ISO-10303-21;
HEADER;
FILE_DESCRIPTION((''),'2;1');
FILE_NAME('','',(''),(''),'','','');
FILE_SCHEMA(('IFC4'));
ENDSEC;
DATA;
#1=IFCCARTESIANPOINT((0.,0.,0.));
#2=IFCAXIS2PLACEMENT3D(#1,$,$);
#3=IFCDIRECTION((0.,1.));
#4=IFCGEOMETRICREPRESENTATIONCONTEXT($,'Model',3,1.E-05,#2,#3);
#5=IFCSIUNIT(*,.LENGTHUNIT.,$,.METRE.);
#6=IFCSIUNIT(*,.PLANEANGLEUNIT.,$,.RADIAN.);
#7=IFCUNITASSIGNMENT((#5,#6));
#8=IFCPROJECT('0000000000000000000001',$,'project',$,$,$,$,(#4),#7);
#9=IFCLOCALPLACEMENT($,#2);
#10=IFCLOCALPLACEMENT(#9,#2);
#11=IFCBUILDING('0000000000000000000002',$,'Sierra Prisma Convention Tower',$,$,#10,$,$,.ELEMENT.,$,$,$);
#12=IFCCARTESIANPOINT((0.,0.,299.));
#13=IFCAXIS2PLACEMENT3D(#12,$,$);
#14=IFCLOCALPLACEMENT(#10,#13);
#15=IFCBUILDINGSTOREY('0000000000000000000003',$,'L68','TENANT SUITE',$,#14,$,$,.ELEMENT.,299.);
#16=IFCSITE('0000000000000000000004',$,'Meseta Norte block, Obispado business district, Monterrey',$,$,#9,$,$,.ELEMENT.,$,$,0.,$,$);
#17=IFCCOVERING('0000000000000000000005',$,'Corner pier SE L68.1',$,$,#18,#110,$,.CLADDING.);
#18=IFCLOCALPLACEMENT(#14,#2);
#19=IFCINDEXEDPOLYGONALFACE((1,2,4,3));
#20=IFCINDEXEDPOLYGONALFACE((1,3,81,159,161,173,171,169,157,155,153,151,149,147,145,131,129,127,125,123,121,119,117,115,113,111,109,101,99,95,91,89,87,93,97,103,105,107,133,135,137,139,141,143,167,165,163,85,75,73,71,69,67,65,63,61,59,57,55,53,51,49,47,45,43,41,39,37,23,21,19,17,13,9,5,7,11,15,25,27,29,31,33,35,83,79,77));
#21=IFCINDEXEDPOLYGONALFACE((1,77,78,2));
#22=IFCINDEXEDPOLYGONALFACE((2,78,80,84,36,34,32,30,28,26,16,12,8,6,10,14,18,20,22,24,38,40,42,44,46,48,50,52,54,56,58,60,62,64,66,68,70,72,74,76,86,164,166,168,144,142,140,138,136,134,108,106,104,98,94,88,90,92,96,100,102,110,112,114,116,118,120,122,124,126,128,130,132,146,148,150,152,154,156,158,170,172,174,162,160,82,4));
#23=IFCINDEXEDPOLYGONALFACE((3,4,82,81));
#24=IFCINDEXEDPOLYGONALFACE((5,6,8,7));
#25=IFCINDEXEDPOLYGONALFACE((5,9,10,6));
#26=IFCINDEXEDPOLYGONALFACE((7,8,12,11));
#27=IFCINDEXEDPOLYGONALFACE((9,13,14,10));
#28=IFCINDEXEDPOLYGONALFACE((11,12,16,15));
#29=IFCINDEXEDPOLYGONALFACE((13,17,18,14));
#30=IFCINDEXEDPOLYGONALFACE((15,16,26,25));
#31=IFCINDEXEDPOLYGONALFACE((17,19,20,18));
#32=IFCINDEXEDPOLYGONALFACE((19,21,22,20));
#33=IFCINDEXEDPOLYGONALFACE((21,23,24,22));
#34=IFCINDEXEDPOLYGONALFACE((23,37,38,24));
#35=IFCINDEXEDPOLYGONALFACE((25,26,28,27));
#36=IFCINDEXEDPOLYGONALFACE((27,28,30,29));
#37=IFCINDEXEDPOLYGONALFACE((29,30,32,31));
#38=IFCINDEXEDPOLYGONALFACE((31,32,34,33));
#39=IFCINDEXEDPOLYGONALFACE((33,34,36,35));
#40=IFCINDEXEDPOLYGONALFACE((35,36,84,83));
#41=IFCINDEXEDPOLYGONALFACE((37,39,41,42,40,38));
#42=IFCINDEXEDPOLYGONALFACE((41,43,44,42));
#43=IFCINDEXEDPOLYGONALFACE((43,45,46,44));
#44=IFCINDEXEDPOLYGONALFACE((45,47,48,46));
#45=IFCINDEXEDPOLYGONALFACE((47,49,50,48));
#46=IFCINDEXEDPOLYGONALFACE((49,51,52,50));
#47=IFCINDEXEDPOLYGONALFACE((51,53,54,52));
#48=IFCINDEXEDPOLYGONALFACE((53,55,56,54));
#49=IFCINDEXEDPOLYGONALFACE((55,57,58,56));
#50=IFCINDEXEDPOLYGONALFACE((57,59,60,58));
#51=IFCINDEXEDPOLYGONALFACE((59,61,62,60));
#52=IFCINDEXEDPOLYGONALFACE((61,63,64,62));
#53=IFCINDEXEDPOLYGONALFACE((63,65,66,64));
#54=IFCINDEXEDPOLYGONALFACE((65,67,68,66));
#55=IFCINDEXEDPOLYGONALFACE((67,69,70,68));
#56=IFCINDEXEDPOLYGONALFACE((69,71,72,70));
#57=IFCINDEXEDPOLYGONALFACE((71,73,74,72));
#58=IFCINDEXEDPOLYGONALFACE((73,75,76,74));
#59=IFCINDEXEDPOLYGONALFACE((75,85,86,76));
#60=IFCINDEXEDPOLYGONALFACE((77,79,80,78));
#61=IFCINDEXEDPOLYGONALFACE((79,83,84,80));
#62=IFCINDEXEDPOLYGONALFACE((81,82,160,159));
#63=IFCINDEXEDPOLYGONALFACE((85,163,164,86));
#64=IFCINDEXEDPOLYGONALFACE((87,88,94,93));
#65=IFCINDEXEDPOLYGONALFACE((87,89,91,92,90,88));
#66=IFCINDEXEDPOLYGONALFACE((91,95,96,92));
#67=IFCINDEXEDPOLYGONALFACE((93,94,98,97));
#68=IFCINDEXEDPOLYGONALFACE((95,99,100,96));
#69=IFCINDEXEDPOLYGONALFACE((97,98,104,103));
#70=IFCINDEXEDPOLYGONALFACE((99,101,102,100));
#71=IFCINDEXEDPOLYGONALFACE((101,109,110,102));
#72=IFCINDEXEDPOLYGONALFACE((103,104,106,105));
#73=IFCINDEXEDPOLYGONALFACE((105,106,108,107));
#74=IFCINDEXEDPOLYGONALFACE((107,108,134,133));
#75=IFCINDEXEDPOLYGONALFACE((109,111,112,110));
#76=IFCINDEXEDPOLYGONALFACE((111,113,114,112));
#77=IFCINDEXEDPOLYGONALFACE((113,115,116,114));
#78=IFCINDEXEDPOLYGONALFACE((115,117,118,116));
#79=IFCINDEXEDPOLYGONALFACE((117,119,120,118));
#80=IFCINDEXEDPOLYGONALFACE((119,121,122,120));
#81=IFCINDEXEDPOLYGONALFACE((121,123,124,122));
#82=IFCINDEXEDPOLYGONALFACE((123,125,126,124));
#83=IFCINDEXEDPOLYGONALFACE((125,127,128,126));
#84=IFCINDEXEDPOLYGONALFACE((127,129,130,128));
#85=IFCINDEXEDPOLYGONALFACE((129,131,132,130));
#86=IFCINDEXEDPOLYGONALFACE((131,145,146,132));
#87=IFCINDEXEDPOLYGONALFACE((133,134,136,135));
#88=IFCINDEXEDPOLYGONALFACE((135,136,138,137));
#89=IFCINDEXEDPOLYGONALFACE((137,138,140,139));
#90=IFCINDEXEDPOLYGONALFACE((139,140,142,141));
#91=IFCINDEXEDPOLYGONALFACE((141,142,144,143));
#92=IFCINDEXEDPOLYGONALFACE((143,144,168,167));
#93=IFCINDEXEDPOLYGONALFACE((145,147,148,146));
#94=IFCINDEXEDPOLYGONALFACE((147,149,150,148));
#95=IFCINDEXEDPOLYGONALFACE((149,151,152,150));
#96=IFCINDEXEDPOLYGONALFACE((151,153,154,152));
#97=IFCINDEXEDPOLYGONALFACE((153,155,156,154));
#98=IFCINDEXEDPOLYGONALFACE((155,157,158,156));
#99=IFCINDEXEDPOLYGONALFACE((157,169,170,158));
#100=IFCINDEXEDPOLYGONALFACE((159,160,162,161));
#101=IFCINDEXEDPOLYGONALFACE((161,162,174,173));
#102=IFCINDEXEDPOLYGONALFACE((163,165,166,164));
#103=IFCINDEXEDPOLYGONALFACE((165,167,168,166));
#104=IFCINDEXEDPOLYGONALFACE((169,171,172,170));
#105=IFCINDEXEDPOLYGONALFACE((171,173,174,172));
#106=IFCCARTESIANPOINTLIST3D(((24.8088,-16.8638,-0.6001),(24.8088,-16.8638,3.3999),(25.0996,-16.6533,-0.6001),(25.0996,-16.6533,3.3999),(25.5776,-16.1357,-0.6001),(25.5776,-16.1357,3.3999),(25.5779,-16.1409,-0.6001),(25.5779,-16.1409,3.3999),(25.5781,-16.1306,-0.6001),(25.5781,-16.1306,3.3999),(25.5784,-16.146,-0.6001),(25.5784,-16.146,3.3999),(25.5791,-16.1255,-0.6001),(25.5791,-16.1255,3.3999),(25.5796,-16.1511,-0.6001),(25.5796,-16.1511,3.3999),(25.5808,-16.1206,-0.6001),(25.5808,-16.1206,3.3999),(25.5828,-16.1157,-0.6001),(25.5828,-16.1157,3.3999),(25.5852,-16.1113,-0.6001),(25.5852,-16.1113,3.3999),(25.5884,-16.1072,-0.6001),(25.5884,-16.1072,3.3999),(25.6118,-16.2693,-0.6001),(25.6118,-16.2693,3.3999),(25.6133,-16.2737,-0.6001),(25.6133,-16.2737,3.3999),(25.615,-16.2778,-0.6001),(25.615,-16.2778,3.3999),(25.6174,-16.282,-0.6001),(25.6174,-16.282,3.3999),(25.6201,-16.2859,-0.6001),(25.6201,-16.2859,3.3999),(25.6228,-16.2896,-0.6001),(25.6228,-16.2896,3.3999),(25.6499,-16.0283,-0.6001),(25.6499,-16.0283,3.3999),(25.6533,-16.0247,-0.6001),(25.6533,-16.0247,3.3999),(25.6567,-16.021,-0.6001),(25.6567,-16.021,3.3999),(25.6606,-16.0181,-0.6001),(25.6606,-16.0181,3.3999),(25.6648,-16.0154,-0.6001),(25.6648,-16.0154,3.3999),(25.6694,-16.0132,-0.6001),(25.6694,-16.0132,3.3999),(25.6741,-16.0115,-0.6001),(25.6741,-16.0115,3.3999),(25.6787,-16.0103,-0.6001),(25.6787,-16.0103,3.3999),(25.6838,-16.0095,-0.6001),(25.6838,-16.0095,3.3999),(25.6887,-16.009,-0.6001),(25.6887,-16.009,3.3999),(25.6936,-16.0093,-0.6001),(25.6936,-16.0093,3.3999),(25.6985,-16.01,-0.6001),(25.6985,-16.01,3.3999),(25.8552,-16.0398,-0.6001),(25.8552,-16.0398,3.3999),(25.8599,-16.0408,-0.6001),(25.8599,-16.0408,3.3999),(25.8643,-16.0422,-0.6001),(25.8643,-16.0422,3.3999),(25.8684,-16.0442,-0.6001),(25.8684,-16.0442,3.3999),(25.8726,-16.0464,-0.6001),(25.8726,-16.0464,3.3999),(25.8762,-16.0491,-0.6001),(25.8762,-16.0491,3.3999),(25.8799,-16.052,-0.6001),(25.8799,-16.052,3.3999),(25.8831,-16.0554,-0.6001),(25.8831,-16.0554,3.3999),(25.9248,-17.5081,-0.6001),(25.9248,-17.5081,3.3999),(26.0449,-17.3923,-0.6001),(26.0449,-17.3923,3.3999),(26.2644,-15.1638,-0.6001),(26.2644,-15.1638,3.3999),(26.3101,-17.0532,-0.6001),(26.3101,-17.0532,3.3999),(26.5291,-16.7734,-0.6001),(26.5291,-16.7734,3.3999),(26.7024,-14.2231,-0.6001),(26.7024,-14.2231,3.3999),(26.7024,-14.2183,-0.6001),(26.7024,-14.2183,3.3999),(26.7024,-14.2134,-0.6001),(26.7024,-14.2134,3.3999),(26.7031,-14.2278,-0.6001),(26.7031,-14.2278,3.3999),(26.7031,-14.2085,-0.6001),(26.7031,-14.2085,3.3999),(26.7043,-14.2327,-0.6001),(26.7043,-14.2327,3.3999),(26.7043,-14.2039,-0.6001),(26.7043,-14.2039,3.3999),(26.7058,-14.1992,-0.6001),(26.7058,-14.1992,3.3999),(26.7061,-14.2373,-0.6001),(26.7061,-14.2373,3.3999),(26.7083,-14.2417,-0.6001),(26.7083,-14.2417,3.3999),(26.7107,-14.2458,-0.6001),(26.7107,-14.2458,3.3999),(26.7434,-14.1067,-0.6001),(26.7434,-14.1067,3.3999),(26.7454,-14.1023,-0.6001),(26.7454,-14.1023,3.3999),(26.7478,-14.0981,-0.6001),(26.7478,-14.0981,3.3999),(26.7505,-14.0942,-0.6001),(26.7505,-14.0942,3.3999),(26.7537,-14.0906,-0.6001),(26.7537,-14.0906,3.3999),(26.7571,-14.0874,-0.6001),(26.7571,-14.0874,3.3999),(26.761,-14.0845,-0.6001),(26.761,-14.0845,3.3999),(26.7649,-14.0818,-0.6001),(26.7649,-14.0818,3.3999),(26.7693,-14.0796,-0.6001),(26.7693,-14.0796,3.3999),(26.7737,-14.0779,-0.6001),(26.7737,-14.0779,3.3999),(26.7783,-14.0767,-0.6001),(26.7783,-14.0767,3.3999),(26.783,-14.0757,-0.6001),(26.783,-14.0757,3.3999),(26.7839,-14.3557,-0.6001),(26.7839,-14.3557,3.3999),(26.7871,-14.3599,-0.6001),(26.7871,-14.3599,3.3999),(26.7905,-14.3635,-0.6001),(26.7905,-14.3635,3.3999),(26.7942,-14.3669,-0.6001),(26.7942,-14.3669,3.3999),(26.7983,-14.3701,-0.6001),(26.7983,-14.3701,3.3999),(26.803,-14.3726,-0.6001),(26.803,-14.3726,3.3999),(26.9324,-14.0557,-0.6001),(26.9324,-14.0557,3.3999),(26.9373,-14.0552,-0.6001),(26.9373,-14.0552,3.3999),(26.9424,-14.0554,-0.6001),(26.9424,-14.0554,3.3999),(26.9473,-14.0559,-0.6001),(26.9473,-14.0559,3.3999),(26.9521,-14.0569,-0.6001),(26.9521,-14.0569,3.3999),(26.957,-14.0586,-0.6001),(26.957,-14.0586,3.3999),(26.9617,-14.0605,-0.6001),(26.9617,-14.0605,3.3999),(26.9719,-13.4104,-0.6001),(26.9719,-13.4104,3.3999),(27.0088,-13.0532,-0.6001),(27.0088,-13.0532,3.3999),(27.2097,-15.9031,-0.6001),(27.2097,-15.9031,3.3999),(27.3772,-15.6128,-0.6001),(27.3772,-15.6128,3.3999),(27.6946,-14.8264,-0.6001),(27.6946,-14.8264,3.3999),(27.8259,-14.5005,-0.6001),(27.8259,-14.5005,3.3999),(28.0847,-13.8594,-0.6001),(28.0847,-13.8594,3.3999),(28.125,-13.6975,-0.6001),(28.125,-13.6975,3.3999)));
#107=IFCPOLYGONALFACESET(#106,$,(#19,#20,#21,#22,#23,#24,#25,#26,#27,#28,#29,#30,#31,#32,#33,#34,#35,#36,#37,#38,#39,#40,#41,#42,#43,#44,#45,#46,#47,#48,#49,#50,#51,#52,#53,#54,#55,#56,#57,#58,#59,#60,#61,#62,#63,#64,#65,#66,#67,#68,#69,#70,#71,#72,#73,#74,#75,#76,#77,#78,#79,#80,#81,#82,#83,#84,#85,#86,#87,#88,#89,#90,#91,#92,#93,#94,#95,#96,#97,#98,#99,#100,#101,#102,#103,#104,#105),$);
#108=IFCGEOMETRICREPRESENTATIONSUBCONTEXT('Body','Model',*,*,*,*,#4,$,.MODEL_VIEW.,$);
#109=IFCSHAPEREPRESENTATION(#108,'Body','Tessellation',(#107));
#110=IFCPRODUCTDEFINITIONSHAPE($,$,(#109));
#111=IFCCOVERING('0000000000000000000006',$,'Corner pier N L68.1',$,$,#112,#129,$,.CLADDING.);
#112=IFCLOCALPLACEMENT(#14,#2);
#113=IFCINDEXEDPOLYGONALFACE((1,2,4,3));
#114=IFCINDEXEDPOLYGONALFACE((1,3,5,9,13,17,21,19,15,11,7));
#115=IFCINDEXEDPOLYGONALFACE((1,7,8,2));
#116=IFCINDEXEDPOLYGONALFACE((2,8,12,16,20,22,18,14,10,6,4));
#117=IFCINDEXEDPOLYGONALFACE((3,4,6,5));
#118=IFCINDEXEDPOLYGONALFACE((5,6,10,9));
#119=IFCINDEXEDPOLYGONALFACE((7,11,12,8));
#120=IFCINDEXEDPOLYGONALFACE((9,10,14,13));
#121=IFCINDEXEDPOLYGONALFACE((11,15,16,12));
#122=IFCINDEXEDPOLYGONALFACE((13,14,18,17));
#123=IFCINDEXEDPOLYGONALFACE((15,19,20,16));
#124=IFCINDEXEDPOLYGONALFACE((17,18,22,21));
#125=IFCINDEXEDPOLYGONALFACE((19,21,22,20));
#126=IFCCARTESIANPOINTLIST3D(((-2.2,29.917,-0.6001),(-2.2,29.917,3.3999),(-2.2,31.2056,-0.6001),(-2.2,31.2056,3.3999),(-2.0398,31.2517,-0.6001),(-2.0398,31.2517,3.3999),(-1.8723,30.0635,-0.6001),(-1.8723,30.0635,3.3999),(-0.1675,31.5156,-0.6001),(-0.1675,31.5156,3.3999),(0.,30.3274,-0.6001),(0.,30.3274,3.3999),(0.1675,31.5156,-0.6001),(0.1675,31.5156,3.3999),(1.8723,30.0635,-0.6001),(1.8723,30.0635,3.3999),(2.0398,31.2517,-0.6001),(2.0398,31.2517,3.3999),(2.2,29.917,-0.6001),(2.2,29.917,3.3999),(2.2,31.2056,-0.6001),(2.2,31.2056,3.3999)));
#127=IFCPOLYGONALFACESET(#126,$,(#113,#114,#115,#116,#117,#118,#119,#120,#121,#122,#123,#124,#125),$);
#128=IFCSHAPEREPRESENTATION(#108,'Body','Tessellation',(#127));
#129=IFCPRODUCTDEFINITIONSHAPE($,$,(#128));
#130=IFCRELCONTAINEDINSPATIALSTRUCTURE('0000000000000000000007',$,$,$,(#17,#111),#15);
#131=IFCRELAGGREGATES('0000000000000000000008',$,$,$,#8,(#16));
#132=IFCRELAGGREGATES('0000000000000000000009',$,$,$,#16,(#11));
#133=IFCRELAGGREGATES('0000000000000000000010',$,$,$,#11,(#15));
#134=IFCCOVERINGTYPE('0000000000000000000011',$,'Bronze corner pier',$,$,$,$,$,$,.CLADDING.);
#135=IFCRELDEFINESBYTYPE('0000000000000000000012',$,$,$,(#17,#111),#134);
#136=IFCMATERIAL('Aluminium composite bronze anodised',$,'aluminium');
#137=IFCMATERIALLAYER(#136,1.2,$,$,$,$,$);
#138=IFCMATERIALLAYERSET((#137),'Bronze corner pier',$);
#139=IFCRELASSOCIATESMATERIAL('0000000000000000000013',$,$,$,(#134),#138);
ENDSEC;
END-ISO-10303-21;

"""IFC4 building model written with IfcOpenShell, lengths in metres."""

from ifc_helpers import new_model, si_unit, direction, frame, origin, place, context, subcontext, project, spatial, polyline, outline, extrude, material, layer, layer_set, type_object, element, save


model = new_model("IFC4")

# Units and contexts
model_context = context("Model", 3, precision=1e-05, world=origin(), true_north=direction((0.0, 1.0)))
body_context = subcontext(model_context, "Body", "Model", "MODEL_VIEW")
ifc_project = project(units=[si_unit("LENGTHUNIT", "METRE"), si_unit("PLANEANGLEUNIT", "RADIAN")], contexts=[model_context])

# Site, building, storey
site_placement = place(None, origin())
site = spatial("IfcSite", under=ifc_project, at=site_placement, Name="Meseta Norte block, Obispado business district, Monterrey", CompositionType="ELEMENT", RefElevation=0.0)
building_placement = place(site_placement, origin())
building = spatial("IfcBuilding", under=site, at=building_placement, Name="Sierra Prisma Convention Tower", CompositionType="ELEMENT")
storey_placement = place(building_placement, frame((0.0, 0.0, 299.0)))
storey = spatial("IfcBuildingStorey", under=building, at=storey_placement, Name="L68", Description="TENANT SUITE", CompositionType="ELEMENT", Elevation=299.0)

# Coverings
ifc_material_1 = material(Name="Aluminium composite bronze anodised", Category="aluminium")
ifc_layer_1 = layer(ifc_material_1, 1.2)
ifc_layer_set_1 = layer_set([ifc_layer_1], Name="Bronze corner pier")
covering_type_1 = type_object("IfcCoveringType", Name="Bronze corner pier", PredefinedType="CLADDING", material=ifc_layer_set_1)
covering_1_placement = place(storey_placement, frame((0.0, 0.0, -0.6001)))
element("IfcCovering", 1, at=covering_1_placement, inside=storey, type_object=covering_type_1, Name="Corner pier SE L68.1", PredefinedType="CLADDING", context=body_context, shape_type="SweptSolid", body=[
    extrude(outline(polyline([(26.9424, -14.0554), (26.9373, -14.0552), (26.9324, -14.0557), (26.783, -14.0757), (26.7783, -14.0767), (26.7737, -14.0779), (26.7693, -14.0796), (26.7649, -14.0818), (26.761, -14.0845), (26.7571, -14.0874), (26.7537, -14.0906), (26.7505, -14.0942), (26.7478, -14.0981), (26.7454, -14.1023), (26.7434, -14.1067), (26.7058, -14.1992), (26.7043, -14.2039), (26.7031, -14.2085), (26.7024, -14.2134), (26.7024, -14.2183), (26.7024, -14.2231), (26.7031, -14.2278), (26.7043, -14.2327), (26.7061, -14.2373), (26.7083, -14.2417), (26.7107, -14.2458), (26.7839, -14.3557), (26.7871, -14.3599), (26.7905, -14.3635), (26.7942, -14.3669), (26.7983, -14.3701), (26.803, -14.3726), (27.6946, -14.8264), (27.3772, -15.6128), (27.2097, -15.9031), (26.5291, -16.7734), (25.8831, -16.0554), (25.8799, -16.052), (25.8762, -16.0491), (25.8726, -16.0464), (25.8684, -16.0442), (25.8643, -16.0422), (25.8599, -16.0408), (25.8552, -16.0398), (25.6985, -16.01), (25.6936, -16.0093), (25.6887, -16.009), (25.6838, -16.0095), (25.6787, -16.0103), (25.6741, -16.0115), (25.6694, -16.0132), (25.6648, -16.0154), (25.6606, -16.0181), (25.6567, -16.021), (25.6533, -16.0247), (25.6499, -16.0283), (25.5884, -16.1072), (25.5852, -16.1113), (25.5828, -16.1157), (25.5808, -16.1206), (25.5791, -16.1255), (25.5781, -16.1306), (25.5776, -16.1357), (25.5779, -16.1409), (25.5784, -16.146), (25.5796, -16.1511), (25.6118, -16.2693), (25.6133, -16.2737), (25.615, -16.2778), (25.6174, -16.282), (25.6201, -16.2859), (25.6228, -16.2896), (26.3101, -17.0532), (26.0449, -17.3923), (25.9248, -17.5081), (24.8088, -16.8638), (25.0996, -16.6533), (26.2644, -15.1638), (26.9719, -13.4104), (27.0088, -13.0532), (28.125, -13.6975), (28.0847, -13.8594), (27.8259, -14.5005), (26.9617, -14.0605), (26.957, -14.0586), (26.9521, -14.0569), (26.9473, -14.0559), (26.9424, -14.0554)])), origin(), (0.0, 0.0, 1.0), 4.0),
])
covering_2_placement = place(storey_placement, frame((0.0, 0.0, -0.6001)))
element("IfcCovering", 2, at=covering_2_placement, inside=storey, type_object=covering_type_1, Name="Corner pier N L68.1", PredefinedType="CLADDING", context=body_context, shape_type="SweptSolid", body=[
    extrude(outline(polyline([(1.8723, 30.0635), (0.0, 30.3274), (-1.8723, 30.0635), (-2.2, 29.917), (-2.2, 31.2056), (-2.0398, 31.2517), (-0.1675, 31.5156), (0.1675, 31.5156), (2.0398, 31.2517), (2.2, 31.2056), (2.2, 29.917), (1.8723, 30.0635)])), origin(), (0.0, 0.0, 1.0), 4.0),
])

save(model, "model.ifc")
